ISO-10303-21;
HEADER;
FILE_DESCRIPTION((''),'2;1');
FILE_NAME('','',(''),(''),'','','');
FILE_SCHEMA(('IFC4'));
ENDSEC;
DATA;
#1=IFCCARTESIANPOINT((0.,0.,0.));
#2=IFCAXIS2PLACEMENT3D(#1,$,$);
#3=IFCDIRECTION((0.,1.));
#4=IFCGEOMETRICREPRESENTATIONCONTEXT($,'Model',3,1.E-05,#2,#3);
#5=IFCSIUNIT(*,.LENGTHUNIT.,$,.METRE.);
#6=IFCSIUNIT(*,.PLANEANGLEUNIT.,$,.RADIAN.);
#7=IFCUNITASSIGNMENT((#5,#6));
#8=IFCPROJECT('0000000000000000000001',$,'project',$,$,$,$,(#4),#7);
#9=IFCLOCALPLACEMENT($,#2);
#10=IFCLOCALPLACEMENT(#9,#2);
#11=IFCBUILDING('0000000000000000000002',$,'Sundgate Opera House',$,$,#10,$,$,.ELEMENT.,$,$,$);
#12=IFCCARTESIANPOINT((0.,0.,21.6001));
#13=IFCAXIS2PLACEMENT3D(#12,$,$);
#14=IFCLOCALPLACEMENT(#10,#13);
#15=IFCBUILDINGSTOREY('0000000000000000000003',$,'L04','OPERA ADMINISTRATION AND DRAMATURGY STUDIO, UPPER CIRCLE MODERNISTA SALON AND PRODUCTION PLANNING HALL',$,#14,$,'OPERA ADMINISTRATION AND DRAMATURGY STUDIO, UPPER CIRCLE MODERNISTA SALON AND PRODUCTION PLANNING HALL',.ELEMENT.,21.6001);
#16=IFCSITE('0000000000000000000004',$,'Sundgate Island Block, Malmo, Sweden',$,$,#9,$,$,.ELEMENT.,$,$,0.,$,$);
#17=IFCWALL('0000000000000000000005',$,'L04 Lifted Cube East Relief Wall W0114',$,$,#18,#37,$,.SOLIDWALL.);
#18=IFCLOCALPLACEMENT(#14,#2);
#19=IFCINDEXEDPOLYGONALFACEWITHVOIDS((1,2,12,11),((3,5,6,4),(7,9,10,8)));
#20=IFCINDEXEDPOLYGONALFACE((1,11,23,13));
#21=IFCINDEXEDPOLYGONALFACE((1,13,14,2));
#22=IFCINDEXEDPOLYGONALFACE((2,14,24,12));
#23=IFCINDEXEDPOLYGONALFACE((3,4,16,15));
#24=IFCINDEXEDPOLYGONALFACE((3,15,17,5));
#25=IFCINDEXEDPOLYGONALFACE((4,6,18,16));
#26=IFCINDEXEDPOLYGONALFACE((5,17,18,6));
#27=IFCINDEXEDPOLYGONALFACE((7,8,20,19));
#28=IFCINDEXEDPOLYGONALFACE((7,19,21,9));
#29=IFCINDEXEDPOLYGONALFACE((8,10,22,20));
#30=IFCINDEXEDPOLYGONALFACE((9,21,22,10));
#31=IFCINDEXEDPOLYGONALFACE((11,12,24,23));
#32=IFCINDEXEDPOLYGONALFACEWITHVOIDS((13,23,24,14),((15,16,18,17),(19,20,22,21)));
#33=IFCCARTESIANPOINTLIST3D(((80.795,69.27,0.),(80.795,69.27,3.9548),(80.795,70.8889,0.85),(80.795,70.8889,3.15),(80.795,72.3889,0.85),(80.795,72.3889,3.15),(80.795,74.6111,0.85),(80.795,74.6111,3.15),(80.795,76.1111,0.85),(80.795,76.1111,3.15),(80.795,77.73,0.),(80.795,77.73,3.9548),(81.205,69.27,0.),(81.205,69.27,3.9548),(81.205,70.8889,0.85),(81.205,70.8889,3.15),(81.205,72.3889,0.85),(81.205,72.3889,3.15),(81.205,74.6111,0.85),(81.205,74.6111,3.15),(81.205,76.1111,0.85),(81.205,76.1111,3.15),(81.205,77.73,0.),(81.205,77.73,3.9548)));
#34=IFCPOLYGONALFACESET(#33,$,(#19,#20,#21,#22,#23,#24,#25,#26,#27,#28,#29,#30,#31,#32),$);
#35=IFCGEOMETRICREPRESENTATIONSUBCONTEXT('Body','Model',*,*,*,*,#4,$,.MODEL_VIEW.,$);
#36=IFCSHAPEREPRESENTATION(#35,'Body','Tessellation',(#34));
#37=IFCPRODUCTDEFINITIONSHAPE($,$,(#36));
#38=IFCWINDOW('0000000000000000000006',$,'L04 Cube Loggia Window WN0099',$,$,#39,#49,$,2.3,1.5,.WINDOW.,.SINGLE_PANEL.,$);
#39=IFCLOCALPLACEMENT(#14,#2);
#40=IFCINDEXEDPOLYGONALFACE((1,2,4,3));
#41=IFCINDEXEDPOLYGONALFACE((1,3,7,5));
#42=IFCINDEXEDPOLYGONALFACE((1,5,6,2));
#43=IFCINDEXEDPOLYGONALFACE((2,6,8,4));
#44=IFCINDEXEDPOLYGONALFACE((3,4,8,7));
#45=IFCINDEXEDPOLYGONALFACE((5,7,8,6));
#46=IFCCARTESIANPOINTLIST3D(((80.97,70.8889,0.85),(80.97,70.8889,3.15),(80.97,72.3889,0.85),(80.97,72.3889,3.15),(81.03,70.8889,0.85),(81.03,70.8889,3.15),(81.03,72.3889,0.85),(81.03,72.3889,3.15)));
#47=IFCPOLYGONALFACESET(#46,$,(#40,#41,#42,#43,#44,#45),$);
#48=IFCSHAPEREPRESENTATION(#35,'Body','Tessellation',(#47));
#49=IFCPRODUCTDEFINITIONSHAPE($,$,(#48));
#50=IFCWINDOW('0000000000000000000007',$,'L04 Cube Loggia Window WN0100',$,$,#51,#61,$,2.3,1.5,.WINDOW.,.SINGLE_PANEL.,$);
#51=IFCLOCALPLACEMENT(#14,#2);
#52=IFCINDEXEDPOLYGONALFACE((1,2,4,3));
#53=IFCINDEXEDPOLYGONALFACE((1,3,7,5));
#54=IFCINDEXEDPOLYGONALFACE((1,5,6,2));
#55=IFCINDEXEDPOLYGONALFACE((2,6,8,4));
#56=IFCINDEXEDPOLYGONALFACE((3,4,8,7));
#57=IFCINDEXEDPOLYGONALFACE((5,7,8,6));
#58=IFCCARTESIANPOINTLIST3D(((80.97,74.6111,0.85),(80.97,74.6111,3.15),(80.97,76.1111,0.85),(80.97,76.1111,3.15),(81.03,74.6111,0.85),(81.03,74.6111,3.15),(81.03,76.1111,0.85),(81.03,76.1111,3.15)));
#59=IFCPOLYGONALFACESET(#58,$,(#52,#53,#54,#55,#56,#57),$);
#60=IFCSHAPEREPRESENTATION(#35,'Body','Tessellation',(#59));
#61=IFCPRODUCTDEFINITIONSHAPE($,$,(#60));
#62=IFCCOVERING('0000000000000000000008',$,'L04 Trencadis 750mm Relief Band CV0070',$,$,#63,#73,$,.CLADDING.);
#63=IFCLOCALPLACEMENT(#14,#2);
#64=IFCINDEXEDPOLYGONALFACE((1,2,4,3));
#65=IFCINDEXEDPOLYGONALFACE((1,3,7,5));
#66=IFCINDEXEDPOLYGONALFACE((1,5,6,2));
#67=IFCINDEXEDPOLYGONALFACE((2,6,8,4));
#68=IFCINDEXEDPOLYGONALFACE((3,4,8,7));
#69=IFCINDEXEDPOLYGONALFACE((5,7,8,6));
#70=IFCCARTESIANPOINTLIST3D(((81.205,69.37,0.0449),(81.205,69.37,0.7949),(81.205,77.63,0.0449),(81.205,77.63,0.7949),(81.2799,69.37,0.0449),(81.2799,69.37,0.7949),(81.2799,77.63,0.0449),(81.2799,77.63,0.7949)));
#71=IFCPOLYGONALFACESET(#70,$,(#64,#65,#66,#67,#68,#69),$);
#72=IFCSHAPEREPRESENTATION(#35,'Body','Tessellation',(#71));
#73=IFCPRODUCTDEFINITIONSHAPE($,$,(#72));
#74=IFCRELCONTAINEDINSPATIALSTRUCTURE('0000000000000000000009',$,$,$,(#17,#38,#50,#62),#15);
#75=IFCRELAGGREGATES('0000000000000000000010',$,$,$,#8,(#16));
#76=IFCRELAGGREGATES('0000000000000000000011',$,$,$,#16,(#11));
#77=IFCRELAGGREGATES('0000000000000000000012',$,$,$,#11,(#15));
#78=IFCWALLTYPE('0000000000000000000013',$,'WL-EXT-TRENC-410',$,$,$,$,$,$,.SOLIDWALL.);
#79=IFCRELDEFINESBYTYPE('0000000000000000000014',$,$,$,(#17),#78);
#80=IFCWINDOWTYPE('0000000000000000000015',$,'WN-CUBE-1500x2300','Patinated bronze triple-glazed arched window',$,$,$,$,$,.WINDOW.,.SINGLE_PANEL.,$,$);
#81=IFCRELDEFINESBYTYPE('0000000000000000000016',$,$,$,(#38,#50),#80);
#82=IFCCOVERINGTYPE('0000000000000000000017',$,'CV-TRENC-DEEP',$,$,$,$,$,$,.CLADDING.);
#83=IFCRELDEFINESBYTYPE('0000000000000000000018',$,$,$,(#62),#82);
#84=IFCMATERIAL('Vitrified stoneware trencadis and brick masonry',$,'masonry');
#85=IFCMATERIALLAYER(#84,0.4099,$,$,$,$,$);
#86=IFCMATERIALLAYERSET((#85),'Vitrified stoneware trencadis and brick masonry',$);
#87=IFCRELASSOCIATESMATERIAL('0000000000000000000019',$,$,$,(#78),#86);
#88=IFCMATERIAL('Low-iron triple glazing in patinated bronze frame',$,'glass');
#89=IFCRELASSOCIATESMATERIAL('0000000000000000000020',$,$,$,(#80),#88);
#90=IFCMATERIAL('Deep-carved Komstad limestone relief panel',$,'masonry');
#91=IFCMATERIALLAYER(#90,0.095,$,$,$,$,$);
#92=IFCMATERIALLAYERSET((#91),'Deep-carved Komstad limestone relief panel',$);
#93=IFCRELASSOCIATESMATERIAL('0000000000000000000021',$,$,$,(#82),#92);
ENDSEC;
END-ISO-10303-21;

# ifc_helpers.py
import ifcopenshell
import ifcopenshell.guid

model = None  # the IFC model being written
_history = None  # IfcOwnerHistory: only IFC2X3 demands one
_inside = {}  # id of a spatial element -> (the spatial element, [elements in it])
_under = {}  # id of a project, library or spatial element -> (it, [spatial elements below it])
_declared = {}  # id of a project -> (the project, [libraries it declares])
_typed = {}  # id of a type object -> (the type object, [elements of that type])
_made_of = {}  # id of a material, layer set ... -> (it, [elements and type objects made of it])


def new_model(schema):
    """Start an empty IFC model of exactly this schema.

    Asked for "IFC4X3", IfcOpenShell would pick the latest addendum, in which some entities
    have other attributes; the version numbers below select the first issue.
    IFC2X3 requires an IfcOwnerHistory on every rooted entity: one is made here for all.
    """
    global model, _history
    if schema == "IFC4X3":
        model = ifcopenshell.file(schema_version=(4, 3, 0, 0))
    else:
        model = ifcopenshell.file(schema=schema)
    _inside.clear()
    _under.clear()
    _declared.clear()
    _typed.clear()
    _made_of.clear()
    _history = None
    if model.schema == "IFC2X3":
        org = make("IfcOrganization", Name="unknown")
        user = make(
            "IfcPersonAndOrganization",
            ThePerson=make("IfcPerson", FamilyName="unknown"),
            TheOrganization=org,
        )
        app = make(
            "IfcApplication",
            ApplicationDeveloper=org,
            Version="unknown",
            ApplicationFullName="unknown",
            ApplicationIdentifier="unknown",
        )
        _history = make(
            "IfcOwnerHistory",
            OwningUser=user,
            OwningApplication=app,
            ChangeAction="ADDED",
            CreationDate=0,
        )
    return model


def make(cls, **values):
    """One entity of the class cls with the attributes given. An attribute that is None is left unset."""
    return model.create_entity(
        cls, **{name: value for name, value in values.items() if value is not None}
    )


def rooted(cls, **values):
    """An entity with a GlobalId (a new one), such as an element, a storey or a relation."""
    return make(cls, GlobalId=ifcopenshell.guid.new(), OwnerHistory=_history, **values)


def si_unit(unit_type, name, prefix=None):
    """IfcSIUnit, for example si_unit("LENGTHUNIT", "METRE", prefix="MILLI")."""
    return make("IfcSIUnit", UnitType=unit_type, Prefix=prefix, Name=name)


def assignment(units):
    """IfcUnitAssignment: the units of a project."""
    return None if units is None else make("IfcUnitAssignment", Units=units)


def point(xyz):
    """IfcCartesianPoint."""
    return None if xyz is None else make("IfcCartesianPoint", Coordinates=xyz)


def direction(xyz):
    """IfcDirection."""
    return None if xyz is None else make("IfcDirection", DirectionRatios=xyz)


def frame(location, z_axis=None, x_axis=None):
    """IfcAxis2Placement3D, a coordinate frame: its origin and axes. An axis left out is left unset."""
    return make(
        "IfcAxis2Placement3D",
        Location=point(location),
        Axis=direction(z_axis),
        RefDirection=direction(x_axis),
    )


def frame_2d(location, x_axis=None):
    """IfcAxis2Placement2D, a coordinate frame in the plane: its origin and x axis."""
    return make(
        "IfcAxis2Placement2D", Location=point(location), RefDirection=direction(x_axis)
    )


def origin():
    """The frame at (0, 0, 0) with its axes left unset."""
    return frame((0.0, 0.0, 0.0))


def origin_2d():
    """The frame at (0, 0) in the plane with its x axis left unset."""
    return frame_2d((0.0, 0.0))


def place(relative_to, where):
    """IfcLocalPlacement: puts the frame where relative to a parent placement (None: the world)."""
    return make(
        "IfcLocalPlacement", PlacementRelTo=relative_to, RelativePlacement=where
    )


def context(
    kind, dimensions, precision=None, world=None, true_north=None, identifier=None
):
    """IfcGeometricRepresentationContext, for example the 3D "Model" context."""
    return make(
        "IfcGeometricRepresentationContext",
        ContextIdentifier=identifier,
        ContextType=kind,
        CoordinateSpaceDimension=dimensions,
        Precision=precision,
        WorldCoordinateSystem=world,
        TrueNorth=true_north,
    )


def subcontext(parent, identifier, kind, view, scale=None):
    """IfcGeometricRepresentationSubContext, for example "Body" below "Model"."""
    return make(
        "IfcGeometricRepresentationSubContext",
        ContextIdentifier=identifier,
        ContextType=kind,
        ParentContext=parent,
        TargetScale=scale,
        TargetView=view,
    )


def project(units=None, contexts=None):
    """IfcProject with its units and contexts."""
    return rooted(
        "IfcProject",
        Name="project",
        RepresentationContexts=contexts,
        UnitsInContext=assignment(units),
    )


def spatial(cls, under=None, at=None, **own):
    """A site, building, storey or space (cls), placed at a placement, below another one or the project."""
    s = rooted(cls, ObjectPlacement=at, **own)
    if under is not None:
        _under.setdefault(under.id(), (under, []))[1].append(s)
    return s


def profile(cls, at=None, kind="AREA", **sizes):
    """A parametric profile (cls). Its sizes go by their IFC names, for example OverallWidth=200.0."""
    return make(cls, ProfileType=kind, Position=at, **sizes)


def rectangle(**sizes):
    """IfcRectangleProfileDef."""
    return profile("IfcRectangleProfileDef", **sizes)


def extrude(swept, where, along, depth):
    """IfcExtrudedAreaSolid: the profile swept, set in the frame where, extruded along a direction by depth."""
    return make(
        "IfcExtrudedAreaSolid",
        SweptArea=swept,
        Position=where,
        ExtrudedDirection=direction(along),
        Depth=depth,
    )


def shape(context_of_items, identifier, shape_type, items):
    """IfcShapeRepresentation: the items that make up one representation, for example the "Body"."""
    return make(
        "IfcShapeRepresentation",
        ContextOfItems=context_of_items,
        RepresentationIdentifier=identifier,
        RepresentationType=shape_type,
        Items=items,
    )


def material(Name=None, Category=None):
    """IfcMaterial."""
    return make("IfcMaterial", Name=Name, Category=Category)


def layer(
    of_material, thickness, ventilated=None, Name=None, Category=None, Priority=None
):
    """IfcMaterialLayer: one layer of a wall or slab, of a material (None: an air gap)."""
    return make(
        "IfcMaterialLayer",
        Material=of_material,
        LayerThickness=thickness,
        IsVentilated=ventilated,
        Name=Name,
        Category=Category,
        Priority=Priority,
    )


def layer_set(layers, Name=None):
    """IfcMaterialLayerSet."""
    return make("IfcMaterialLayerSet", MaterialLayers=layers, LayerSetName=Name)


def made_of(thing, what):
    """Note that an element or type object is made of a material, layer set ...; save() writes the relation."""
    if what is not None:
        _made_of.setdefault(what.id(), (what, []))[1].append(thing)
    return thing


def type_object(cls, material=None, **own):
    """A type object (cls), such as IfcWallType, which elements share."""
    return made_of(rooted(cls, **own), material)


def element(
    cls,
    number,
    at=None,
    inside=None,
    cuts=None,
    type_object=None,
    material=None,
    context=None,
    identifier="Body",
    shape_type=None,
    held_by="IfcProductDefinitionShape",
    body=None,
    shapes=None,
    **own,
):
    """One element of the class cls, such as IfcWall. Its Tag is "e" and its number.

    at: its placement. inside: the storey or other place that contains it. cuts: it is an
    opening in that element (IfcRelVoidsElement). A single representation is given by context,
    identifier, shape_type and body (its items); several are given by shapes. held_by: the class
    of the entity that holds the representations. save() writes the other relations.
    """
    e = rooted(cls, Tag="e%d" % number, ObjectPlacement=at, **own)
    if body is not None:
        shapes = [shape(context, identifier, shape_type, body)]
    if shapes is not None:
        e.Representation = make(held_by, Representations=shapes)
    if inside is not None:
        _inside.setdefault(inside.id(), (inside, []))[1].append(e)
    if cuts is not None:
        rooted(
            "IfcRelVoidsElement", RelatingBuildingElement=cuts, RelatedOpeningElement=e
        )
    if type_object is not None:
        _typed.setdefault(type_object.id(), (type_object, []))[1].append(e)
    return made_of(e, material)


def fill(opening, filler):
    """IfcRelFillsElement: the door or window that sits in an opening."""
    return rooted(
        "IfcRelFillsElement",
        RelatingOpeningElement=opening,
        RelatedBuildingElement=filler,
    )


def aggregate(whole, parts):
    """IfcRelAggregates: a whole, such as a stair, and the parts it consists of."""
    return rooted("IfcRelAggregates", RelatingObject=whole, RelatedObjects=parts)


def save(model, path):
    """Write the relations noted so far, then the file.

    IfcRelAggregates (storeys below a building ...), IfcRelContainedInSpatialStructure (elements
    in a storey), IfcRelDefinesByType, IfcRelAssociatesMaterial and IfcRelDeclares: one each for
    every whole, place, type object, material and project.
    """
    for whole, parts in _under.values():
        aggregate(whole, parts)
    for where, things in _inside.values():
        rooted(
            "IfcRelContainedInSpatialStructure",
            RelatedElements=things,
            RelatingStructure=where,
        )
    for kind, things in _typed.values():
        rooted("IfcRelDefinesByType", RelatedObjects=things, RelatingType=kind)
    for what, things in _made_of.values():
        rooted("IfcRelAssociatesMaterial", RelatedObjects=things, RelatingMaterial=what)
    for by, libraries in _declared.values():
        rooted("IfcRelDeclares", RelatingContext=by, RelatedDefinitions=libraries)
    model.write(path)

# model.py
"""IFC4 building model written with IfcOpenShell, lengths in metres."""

from ifc_helpers import new_model, si_unit, direction, frame, frame_2d, origin, origin_2d, place, context, subcontext, project, spatial, rectangle, extrude, material, layer, layer_set, type_object, element, fill, save


model = new_model("IFC4")

# Units and contexts
model_context = context("Model", 3, precision=1e-05, world=origin(), true_north=direction((0.0, 1.0)))
body_context = subcontext(model_context, "Body", "Model", "MODEL_VIEW")
ifc_project = project(units=[si_unit("LENGTHUNIT", "METRE"), si_unit("PLANEANGLEUNIT", "RADIAN")], contexts=[model_context])

# Site, building, storey
site_placement = place(None, origin())
site = spatial("IfcSite", under=ifc_project, at=site_placement, Name="Sundgate Island Block, Malmo, Sweden", CompositionType="ELEMENT", RefElevation=0.0)
building_placement = place(site_placement, origin())
building = spatial("IfcBuilding", under=site, at=building_placement, Name="Sundgate Opera House", CompositionType="ELEMENT")
storey_placement = place(building_placement, frame((0.0, 0.0, 21.6001)))
storey = spatial("IfcBuildingStorey", under=building, at=storey_placement, Name="L04", Description="OPERA ADMINISTRATION AND DRAMATURGY STUDIO, UPPER CIRCLE MODERNISTA SALON AND PRODUCTION PLANNING HALL", LongName="OPERA ADMINISTRATION AND DRAMATURGY STUDIO, UPPER CIRCLE MODERNISTA SALON AND PRODUCTION PLANNING HALL", CompositionType="ELEMENT", Elevation=21.6001)

# Wall, openings, windows
ifc_material_1 = material(Name="Vitrified stoneware trencadis and brick masonry", Category="masonry")
ifc_layer_1 = layer(ifc_material_1, 0.4099)
ifc_layer_set_1 = layer_set([ifc_layer_1], Name="Vitrified stoneware trencadis and brick masonry")
wall_type_1 = type_object("IfcWallType", Name="WL-EXT-TRENC-410", PredefinedType="SOLIDWALL", material=ifc_layer_set_1)
wall_1_placement = place(storey_placement, frame((81.0, 69.27, 0.0), z_axis=(0.0, 0.0, 1.0), x_axis=(0.0, 1.0, 0.0)))
wall_1 = element("IfcWall", 1, at=wall_1_placement, inside=storey, type_object=wall_type_1, Name="L04 Lifted Cube East Relief Wall W0114", PredefinedType="SOLIDWALL", context=body_context, shape_type="SweptSolid", body=[
    extrude(rectangle(XDim=8.46, YDim=0.4099, at=frame_2d((4.23, 0.0))), origin(), (0.0, 0.0, 1.0), 3.9548),
])
opening_1_placement = place(wall_1_placement, frame((1.6189, 0.0, 0.8501)))
opening_1 = element("IfcOpeningElement", 2, at=opening_1_placement, cuts=wall_1, PredefinedType="OPENING", context=body_context, shape_type="SweptSolid", body=[
    extrude(rectangle(XDim=1.5, YDim=2.3, at=frame_2d((0.75, 1.1499))), frame((0.0, 0.2148, 0.0), z_axis=(0.0, -1.0, 0.0), x_axis=(1.0, 0.0, 0.0)), (0.0, 0.0, 1.0), 0.4299),
])
opening_2_placement = place(wall_1_placement, frame((5.3411, 0.0, 0.8501)))
opening_2 = element("IfcOpeningElement", 3, at=opening_2_placement, cuts=wall_1, PredefinedType="OPENING", context=body_context, shape_type="SweptSolid", body=[
    extrude(rectangle(XDim=1.5, YDim=2.3, at=frame_2d((0.75, 1.1499))), frame((0.0, 0.2148, 0.0), z_axis=(0.0, -1.0, 0.0), x_axis=(1.0, 0.0, 0.0)), (0.0, 0.0, 1.0), 0.4299),
])
ifc_material_2 = material(Name="Low-iron triple glazing in patinated bronze frame", Category="glass")
window_type_1 = type_object("IfcWindowType", Name="WN-CUBE-1500x2300", Description="Patinated bronze triple-glazed arched window", PartitioningType="SINGLE_PANEL", PredefinedType="WINDOW", material=ifc_material_2)
window_1_placement = place(opening_1_placement, origin())
window_1 = element("IfcWindow", 4, at=window_1_placement, inside=storey, type_object=window_type_1, Name="L04 Cube Loggia Window WN0099", OverallHeight=2.3, OverallWidth=1.5, PartitioningType="SINGLE_PANEL", PredefinedType="WINDOW", context=body_context, shape_type="SweptSolid", body=[
    extrude(rectangle(XDim=1.5, YDim=2.3, at=frame_2d((0.75, 1.1499))), frame((0.0, 0.03, 0.0), z_axis=(0.0, -1.0, 0.0), x_axis=(1.0, 0.0, 0.0)), (0.0, 0.0, 1.0), 0.0601),
])
fill(opening_1, window_1)
window_2_placement = place(opening_2_placement, origin())
window_2 = element("IfcWindow", 5, at=window_2_placement, inside=storey, type_object=window_type_1, Name="L04 Cube Loggia Window WN0100", OverallHeight=2.3, OverallWidth=1.5, PartitioningType="SINGLE_PANEL", PredefinedType="WINDOW", context=body_context, shape_type="SweptSolid", body=[
    extrude(rectangle(XDim=1.5, YDim=2.3, at=frame_2d((0.75, 1.1499))), frame((0.0, 0.03, 0.0), z_axis=(0.0, -1.0, 0.0), x_axis=(1.0, 0.0, 0.0)), (0.0, 0.0, 1.0), 0.0601),
])
fill(opening_2, window_2)

# Covering
ifc_material_3 = material(Name="Deep-carved Komstad limestone relief panel", Category="masonry")
ifc_layer_2 = layer(ifc_material_3, 0.095)
ifc_layer_set_2 = layer_set([ifc_layer_2], Name="Deep-carved Komstad limestone relief panel")
covering_type = type_object("IfcCoveringType", Name="CV-TRENC-DEEP", PredefinedType="CLADDING", material=ifc_layer_set_2)
covering_placement = place(storey_placement, frame((81.2424, 73.5, 0.0449), z_axis=(0.0, 0.0, 1.0), x_axis=(0.0, 1.0, 0.0)))
element("IfcCovering", 6, at=covering_placement, inside=storey, type_object=covering_type, Name="L04 Trencadis 750mm Relief Band CV0070", PredefinedType="CLADDING", context=body_context, shape_type="SweptSolid", body=[
    extrude(rectangle(XDim=8.26, YDim=0.075, at=origin_2d()), origin(), (0.0, 0.0, 1.0), 0.75),
])

save(model, "model.ifc")
